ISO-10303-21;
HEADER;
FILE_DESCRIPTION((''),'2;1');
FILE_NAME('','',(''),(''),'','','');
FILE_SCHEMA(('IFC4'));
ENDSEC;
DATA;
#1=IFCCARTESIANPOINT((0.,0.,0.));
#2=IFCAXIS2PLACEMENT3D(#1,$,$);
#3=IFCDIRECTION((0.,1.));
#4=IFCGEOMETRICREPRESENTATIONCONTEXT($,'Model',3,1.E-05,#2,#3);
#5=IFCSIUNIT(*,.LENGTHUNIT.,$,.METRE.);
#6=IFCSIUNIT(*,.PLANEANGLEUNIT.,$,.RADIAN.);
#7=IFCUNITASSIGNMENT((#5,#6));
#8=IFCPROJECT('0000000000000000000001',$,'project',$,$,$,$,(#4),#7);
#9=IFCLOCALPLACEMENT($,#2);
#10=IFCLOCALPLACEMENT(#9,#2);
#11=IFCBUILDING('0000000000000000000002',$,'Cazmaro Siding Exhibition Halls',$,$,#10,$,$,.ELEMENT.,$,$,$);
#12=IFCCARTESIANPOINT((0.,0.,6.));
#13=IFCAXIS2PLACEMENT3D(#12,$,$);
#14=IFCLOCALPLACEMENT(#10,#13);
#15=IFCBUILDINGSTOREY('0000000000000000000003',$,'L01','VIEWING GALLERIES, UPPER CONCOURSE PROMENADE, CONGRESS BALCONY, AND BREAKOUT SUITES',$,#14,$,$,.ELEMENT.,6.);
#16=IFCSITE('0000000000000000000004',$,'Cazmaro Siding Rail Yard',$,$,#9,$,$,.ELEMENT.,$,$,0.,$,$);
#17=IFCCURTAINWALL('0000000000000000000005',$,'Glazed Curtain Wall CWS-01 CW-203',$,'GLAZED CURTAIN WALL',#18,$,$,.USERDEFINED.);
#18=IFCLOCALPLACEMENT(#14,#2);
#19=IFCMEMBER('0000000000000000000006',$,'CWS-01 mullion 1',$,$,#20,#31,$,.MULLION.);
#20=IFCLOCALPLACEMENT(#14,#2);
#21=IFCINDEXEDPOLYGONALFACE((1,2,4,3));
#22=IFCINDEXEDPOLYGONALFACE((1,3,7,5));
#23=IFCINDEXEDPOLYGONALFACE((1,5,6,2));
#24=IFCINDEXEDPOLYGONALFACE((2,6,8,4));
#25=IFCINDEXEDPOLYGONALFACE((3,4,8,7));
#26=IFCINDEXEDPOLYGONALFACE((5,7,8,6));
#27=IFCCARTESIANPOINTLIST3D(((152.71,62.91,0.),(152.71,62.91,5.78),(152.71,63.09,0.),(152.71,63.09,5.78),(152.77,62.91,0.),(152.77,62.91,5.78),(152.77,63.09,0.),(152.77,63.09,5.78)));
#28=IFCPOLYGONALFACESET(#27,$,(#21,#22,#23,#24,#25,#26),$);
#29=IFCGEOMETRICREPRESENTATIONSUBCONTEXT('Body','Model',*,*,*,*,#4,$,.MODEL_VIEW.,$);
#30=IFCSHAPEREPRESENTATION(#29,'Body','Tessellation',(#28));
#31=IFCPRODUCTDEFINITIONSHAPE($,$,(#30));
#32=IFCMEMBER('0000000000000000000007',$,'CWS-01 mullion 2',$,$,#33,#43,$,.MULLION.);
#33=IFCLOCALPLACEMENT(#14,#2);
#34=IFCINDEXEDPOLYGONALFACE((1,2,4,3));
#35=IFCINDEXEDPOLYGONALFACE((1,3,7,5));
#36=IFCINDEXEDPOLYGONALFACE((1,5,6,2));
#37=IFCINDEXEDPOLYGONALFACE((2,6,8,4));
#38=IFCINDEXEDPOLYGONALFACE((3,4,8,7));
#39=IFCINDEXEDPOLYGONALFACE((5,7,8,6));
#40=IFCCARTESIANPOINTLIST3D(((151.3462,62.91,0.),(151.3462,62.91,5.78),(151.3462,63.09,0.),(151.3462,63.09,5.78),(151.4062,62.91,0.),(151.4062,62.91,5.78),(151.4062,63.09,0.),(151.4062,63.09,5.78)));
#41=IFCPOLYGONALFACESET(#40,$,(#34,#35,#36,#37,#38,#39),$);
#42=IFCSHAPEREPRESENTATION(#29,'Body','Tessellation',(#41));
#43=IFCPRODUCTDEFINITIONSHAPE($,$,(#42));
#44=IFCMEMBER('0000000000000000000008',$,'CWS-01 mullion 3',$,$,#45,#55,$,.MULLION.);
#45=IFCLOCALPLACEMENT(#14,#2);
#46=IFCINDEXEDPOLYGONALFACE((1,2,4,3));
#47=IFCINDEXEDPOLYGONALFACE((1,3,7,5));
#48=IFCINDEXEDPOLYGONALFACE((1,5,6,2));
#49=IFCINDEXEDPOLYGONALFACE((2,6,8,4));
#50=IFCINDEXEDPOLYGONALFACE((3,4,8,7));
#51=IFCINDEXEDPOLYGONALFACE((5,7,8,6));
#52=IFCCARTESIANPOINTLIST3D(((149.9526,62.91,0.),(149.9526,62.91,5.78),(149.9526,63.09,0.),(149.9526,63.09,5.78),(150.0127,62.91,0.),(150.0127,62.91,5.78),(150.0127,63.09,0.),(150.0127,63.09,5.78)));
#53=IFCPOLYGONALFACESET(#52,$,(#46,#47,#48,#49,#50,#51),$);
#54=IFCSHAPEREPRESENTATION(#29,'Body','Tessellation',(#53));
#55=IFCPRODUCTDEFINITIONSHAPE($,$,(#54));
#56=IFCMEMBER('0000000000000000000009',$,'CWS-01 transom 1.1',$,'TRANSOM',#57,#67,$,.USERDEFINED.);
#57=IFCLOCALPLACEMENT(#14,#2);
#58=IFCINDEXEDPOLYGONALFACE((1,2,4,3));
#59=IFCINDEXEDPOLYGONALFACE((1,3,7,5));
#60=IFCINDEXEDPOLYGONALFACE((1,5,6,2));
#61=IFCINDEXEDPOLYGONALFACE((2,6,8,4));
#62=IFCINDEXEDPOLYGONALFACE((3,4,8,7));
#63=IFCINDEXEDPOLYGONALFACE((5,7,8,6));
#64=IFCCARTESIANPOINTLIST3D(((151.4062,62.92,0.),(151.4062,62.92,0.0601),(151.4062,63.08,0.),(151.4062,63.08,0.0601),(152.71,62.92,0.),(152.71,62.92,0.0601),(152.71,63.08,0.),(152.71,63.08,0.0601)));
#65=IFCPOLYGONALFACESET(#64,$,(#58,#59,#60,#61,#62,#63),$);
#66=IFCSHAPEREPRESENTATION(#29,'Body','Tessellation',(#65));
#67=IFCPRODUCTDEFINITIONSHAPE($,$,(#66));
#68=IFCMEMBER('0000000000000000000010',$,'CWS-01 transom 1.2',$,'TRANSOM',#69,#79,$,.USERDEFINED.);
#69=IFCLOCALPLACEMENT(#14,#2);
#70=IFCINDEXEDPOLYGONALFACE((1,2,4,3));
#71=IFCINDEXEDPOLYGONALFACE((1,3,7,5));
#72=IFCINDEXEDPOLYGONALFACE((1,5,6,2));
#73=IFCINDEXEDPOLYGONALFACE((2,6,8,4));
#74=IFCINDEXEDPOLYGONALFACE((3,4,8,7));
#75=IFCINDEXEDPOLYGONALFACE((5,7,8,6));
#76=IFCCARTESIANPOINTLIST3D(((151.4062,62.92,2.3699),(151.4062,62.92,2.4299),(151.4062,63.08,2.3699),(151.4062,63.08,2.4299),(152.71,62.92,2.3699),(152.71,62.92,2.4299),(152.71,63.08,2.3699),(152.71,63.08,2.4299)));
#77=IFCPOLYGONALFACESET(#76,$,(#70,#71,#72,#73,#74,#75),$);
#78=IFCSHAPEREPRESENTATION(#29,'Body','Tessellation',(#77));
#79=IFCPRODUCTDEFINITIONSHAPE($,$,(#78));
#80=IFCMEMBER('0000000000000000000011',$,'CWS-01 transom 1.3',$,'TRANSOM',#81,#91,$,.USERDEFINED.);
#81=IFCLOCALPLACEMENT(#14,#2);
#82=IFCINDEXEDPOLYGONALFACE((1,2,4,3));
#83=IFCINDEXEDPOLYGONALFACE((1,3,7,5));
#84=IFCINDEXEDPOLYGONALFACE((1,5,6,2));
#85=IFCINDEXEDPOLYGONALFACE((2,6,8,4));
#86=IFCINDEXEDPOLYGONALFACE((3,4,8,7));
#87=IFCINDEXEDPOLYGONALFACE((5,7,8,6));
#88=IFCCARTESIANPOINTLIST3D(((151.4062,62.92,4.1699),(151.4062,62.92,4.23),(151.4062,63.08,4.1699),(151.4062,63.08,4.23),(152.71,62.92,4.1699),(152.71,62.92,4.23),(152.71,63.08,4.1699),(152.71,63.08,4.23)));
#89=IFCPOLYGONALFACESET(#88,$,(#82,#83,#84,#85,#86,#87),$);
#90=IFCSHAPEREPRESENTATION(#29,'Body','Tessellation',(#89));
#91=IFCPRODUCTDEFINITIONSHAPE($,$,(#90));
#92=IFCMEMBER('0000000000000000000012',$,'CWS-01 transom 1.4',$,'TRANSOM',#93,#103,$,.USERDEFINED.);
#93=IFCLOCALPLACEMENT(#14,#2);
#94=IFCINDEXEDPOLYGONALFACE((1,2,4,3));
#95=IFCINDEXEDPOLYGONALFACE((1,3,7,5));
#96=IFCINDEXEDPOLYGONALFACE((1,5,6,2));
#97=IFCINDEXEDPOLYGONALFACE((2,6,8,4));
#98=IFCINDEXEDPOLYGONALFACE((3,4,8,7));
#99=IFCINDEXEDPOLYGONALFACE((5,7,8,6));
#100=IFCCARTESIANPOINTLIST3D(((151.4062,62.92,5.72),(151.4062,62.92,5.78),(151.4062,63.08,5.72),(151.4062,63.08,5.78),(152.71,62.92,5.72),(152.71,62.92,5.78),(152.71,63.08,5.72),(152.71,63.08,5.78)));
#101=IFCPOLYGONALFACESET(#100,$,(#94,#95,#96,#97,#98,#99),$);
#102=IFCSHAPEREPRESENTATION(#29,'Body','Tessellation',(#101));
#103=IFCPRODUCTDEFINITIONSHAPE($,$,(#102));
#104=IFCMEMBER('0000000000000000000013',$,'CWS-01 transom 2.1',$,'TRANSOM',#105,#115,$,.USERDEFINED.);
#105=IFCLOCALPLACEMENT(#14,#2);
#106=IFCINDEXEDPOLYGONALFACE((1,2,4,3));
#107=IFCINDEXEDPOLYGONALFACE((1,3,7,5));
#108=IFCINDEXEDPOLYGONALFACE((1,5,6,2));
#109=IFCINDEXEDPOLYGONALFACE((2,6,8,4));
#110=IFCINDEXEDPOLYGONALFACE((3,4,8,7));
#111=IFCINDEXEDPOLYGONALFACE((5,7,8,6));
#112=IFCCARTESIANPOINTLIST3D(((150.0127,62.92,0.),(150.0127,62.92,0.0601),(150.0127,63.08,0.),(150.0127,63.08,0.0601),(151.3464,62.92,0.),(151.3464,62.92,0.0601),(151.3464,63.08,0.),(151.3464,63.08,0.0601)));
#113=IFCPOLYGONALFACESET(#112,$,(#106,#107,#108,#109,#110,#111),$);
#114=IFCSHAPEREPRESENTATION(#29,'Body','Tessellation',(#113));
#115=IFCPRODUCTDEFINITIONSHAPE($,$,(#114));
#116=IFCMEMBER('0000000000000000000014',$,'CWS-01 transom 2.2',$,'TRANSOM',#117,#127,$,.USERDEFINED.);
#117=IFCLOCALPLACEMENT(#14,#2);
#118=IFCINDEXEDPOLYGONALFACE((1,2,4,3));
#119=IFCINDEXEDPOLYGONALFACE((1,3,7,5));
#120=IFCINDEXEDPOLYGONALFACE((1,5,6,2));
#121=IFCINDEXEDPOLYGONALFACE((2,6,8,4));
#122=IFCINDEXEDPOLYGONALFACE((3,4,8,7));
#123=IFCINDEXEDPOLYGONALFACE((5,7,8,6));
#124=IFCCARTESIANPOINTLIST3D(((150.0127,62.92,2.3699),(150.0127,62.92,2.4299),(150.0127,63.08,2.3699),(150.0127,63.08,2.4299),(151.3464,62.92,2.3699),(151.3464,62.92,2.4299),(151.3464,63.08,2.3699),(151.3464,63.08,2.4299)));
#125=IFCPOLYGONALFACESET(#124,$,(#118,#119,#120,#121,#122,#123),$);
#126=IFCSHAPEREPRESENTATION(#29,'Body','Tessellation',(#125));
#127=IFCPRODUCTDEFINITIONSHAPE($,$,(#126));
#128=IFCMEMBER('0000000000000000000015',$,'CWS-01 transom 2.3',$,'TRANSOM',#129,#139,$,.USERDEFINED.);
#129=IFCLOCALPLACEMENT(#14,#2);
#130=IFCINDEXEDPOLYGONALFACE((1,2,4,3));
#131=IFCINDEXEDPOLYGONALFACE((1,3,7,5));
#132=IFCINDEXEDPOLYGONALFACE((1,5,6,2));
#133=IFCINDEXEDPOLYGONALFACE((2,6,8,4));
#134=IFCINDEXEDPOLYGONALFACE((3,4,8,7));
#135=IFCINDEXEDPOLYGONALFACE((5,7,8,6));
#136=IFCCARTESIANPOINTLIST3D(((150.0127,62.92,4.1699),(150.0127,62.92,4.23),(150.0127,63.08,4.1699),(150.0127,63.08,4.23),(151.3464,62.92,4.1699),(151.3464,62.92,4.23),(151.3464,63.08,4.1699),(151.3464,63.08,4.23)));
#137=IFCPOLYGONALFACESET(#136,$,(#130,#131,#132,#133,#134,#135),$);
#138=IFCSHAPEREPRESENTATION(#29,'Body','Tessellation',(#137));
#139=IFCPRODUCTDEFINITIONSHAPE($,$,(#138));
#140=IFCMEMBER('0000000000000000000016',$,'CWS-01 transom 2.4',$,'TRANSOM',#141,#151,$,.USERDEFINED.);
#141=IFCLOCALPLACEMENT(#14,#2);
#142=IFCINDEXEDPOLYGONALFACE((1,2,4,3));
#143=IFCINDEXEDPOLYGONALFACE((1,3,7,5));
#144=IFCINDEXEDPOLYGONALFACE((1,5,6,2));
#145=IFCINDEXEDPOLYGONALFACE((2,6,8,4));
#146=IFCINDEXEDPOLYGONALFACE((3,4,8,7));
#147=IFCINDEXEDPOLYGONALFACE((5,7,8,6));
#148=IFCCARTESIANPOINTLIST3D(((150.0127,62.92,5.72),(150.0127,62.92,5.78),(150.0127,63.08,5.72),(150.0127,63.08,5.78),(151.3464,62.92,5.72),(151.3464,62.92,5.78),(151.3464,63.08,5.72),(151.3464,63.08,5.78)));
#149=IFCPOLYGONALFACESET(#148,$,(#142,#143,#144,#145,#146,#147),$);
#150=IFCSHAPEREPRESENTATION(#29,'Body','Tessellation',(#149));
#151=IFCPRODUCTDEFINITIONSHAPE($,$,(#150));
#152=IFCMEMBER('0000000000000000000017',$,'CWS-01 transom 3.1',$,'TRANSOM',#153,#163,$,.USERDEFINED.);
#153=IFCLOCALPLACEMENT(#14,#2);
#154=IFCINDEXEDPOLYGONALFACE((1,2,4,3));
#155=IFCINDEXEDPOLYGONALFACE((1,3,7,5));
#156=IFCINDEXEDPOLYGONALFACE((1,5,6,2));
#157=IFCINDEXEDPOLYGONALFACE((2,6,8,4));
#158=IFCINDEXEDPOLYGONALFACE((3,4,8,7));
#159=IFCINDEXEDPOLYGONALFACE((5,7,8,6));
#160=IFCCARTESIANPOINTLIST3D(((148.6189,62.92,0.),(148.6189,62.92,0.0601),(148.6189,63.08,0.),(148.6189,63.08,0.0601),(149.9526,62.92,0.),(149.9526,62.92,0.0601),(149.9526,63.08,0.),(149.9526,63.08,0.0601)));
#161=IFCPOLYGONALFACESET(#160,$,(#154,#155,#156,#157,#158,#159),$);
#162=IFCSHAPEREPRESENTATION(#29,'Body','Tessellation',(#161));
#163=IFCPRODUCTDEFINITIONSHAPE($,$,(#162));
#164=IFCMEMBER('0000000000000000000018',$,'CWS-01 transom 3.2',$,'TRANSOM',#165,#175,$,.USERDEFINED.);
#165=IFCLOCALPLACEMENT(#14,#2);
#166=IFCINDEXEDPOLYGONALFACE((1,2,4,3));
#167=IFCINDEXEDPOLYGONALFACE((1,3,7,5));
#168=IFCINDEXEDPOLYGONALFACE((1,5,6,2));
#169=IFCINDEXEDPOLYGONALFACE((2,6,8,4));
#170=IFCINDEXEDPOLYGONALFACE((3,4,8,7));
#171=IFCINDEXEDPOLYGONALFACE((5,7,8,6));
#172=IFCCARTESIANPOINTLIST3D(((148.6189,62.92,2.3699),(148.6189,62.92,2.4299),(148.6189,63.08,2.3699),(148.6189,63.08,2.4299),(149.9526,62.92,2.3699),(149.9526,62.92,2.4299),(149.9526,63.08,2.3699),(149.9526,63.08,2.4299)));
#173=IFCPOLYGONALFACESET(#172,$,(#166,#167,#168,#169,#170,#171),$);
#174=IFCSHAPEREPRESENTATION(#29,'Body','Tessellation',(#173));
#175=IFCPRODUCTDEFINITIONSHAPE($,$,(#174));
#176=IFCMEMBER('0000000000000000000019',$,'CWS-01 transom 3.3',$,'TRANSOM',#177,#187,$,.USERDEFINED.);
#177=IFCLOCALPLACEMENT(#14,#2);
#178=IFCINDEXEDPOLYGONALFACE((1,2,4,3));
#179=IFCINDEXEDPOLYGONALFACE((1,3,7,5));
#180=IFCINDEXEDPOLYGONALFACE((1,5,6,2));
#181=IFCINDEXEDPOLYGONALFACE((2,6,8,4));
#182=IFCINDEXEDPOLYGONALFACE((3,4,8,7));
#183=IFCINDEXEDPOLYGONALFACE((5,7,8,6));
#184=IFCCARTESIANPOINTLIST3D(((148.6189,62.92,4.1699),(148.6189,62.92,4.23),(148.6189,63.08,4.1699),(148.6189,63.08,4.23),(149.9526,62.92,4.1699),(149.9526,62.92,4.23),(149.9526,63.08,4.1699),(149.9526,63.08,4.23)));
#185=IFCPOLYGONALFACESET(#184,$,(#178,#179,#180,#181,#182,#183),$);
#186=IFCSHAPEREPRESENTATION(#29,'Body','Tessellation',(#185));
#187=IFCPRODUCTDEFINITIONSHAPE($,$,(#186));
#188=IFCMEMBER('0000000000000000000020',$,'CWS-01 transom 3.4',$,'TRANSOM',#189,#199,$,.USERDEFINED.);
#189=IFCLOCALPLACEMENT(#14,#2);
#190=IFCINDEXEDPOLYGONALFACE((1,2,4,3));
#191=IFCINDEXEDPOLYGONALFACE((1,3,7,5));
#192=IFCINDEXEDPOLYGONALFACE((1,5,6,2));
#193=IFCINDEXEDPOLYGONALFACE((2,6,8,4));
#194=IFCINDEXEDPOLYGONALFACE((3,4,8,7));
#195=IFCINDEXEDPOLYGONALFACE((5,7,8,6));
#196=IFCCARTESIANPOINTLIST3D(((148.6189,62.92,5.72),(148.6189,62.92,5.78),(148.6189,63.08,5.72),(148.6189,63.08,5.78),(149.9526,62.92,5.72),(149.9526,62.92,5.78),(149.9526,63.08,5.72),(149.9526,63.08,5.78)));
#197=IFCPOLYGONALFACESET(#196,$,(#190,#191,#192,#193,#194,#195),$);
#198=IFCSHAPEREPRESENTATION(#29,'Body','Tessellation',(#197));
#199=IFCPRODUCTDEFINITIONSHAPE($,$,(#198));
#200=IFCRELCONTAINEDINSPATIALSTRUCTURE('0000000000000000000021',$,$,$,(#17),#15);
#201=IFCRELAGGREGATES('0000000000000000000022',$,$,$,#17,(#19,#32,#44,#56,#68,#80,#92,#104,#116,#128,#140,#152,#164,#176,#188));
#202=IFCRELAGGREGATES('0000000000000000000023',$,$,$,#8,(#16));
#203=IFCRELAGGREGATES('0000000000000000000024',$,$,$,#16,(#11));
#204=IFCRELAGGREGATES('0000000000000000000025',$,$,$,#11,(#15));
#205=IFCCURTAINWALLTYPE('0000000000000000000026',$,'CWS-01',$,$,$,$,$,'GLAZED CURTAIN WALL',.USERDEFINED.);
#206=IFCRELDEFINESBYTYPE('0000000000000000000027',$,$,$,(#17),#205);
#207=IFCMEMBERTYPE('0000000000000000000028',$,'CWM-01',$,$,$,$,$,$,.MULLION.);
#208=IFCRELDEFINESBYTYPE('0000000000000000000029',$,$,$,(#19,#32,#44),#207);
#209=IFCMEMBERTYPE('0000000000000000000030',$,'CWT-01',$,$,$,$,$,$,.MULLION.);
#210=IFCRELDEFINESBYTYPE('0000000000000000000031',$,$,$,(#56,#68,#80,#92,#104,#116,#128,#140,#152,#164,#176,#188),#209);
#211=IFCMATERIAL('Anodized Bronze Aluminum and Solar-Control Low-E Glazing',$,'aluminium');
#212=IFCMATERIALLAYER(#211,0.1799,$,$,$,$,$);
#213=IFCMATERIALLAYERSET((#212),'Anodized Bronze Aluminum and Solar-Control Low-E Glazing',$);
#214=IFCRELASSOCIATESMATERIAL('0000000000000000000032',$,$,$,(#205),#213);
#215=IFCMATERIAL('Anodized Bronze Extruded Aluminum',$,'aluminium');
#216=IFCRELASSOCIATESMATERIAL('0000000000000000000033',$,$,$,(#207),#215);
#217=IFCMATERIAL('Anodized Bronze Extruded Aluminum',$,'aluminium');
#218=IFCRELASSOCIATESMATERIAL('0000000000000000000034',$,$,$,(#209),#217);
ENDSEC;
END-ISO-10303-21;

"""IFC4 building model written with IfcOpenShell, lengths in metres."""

from ifc_helpers import new_model, si_unit, direction, frame, origin, origin_2d, place, context, subcontext, project, spatial, rectangle, extrude, material, layer, layer_set, material_profile, profile_set, type_object, element, aggregate, save


model = new_model("IFC4")

# Units and contexts
model_context = context("Model", 3, precision=1e-05, world=origin(), true_north=direction((0.0, 1.0)))
body_context = subcontext(model_context, "Body", "Model", "MODEL_VIEW")
ifc_project = project(units=[si_unit("LENGTHUNIT", "METRE"), si_unit("PLANEANGLEUNIT", "RADIAN")], contexts=[model_context])

# Site, building, storey
site_placement = place(None, origin())
site = spatial("IfcSite", under=ifc_project, at=site_placement, Name="Cazmaro Siding Rail Yard", CompositionType="ELEMENT", RefElevation=0.0)
building_placement = place(site_placement, origin())
building = spatial("IfcBuilding", under=site, at=building_placement, Name="Cazmaro Siding Exhibition Halls", CompositionType="ELEMENT")
storey_placement = place(building_placement, frame((0.0, 0.0, 6.0)))
storey = spatial("IfcBuildingStorey", under=building, at=storey_placement, Name="L01", Description="VIEWING GALLERIES, UPPER CONCOURSE PROMENADE, CONGRESS BALCONY, AND BREAKOUT SUITES", CompositionType="ELEMENT", Elevation=6.0)

# Curtain wall, members
ifc_material_1 = material(Name="Anodized Bronze Aluminum and Solar-Control Low-E Glazing", Category="aluminium")
ifc_layer_1 = layer(ifc_material_1, 0.1799)
ifc_layer_set_1 = layer_set([ifc_layer_1], Name="Anodized Bronze Aluminum and Solar-Control Low-E Glazing")
curtain_wall_type = type_object("IfcCurtainWallType", Name="CWS-01", ElementType="GLAZED CURTAIN WALL", PredefinedType="USERDEFINED", material=ifc_layer_set_1)
curtain_wall_placement = place(storey_placement, origin())
curtain_wall = element("IfcCurtainWall", 1, at=curtain_wall_placement, inside=storey, type_object=curtain_wall_type, Name="Glazed Curtain Wall CWS-01 CW-203", ObjectType="GLAZED CURTAIN WALL", PredefinedType="USERDEFINED")
ifc_material_2 = material(Name="Anodized Bronze Extruded Aluminum", Category="aluminium")
ifc_material_profile_1 = material_profile(ifc_material_2, rectangle(XDim=0.1799, YDim=0.0601, at=origin_2d()), Name="CWM-01")
ifc_profile_set_1 = profile_set([ifc_material_profile_1], Name="Anodized Bronze Extruded Aluminum")
member_type_1 = type_object("IfcMemberType", Name="CWM-01", PredefinedType="MULLION", material=ifc_profile_set_1)
member_1_placement = place(storey_placement, frame((152.74, 63.0, 0.0), z_axis=(0.0, 0.0, 1.0), x_axis=(0.0, -1.0, 0.0)))
member_1 = element("IfcMember", 2, at=member_1_placement, type_object=member_type_1, Name="CWS-01 mullion 1", PredefinedType="MULLION", context=body_context, shape_type="SweptSolid", body=[
    extrude(rectangle(XDim=0.1799, YDim=0.0601, at=origin_2d()), origin(), (0.0, 0.0, 1.0), 5.78),
])
member_2_placement = place(storey_placement, frame((151.3762, 63.0, 0.0), z_axis=(0.0, 0.0, 1.0), x_axis=(0.0, -1.0, 0.0)))
member_2 = element("IfcMember", 3, at=member_2_placement, type_object=member_type_1, Name="CWS-01 mullion 2", PredefinedType="MULLION", context=body_context, shape_type="SweptSolid", body=[
    extrude(rectangle(XDim=0.1799, YDim=0.0601, at=origin_2d()), origin(), (0.0, 0.0, 1.0), 5.78),
])
member_3_placement = place(storey_placement, frame((149.9827, 63.0, 0.0), z_axis=(0.0, 0.0, 1.0), x_axis=(0.0, -1.0, 0.0)))
member_3 = element("IfcMember", 4, at=member_3_placement, type_object=member_type_1, Name="CWS-01 mullion 3", PredefinedType="MULLION", context=body_context, shape_type="SweptSolid", body=[
    extrude(rectangle(XDim=0.1799, YDim=0.0601, at=origin_2d()), origin(), (0.0, 0.0, 1.0), 5.78),
])
ifc_material_3 = material(Name="Anodized Bronze Extruded Aluminum", Category="aluminium")
ifc_material_profile_2 = material_profile(ifc_material_3, rectangle(XDim=0.1599, YDim=0.0601, at=origin_2d()), Name="CWT-01")
ifc_profile_set_2 = profile_set([ifc_material_profile_2], Name="Anodized Bronze Extruded Aluminum")
member_type_2 = type_object("IfcMemberType", Name="CWT-01", PredefinedType="MULLION", material=ifc_profile_set_2)
member_4_placement = place(storey_placement, frame((152.71, 63.0, 0.03), z_axis=(-1.0, 0.0, 0.0), x_axis=(0.0, -1.0, 0.0)))
member_4 = element("IfcMember", 5, at=member_4_placement, type_object=member_type_2, Name="CWS-01 transom 1.1", ObjectType="TRANSOM", PredefinedType="USERDEFINED", context=body_context, shape_type="SweptSolid", body=[
    extrude(rectangle(XDim=0.1599, YDim=0.0601, at=origin_2d()), origin(), (0.0, 0.0, 1.0), 1.3037),
])
member_5_placement = place(storey_placement, frame((152.71, 63.0, 2.3999), z_axis=(-1.0, 0.0, 0.0), x_axis=(0.0, -1.0, 0.0)))
member_5 = element("IfcMember", 6, at=member_5_placement, type_object=member_type_2, Name="CWS-01 transom 1.2", ObjectType="TRANSOM", PredefinedType="USERDEFINED", context=body_context, shape_type="SweptSolid", body=[
    extrude(rectangle(XDim=0.1599, YDim=0.0601, at=origin_2d()), origin(), (0.0, 0.0, 1.0), 1.3037),
])
member_6_placement = place(storey_placement, frame((152.71, 63.0, 4.2), z_axis=(-1.0, 0.0, 0.0), x_axis=(0.0, -1.0, 0.0)))
member_6 = element("IfcMember", 7, at=member_6_placement, type_object=member_type_2, Name="CWS-01 transom 1.3", ObjectType="TRANSOM", PredefinedType="USERDEFINED", context=body_context, shape_type="SweptSolid", body=[
    extrude(rectangle(XDim=0.1599, YDim=0.0601, at=origin_2d()), origin(), (0.0, 0.0, 1.0), 1.3037),
])
member_7_placement = place(storey_placement, frame((152.71, 63.0, 5.75), z_axis=(-1.0, 0.0, 0.0), x_axis=(0.0, -1.0, 0.0)))
member_7 = element("IfcMember", 8, at=member_7_placement, type_object=member_type_2, Name="CWS-01 transom 1.4", ObjectType="TRANSOM", PredefinedType="USERDEFINED", context=body_context, shape_type="SweptSolid", body=[
    extrude(rectangle(XDim=0.1599, YDim=0.0601, at=origin_2d()), origin(), (0.0, 0.0, 1.0), 1.3037),
])
member_8_placement = place(storey_placement, frame((151.3464, 63.0, 0.03), z_axis=(-1.0, 0.0, 0.0), x_axis=(0.0, -1.0, 0.0)))
member_8 = element("IfcMember", 9, at=member_8_placement, type_object=member_type_2, Name="CWS-01 transom 2.1", ObjectType="TRANSOM", PredefinedType="USERDEFINED", context=body_context, shape_type="SweptSolid", body=[
    extrude(rectangle(XDim=0.1599, YDim=0.0601, at=origin_2d()), origin(), (0.0, 0.0, 1.0), 1.3337),
])
member_9_placement = place(storey_placement, frame((151.3464, 63.0, 2.3999), z_axis=(-1.0, 0.0, 0.0), x_axis=(0.0, -1.0, 0.0)))
member_9 = element("IfcMember", 10, at=member_9_placement, type_object=member_type_2, Name="CWS-01 transom 2.2", ObjectType="TRANSOM", PredefinedType="USERDEFINED", context=body_context, shape_type="SweptSolid", body=[
    extrude(rectangle(XDim=0.1599, YDim=0.0601, at=origin_2d()), origin(), (0.0, 0.0, 1.0), 1.3337),
])
member_10_placement = place(storey_placement, frame((151.3464, 63.0, 4.2), z_axis=(-1.0, 0.0, 0.0), x_axis=(0.0, -1.0, 0.0)))
member_10 = element("IfcMember", 11, at=member_10_placement, type_object=member_type_2, Name="CWS-01 transom 2.3", ObjectType="TRANSOM", PredefinedType="USERDEFINED", context=body_context, shape_type="SweptSolid", body=[
    extrude(rectangle(XDim=0.1599, YDim=0.0601, at=origin_2d()), origin(), (0.0, 0.0, 1.0), 1.3337),
])
member_11_placement = place(storey_placement, frame((151.3464, 63.0, 5.75), z_axis=(-1.0, 0.0, 0.0), x_axis=(0.0, -1.0, 0.0)))
member_11 = element("IfcMember", 12, at=member_11_placement, type_object=member_type_2, Name="CWS-01 transom 2.4", ObjectType="TRANSOM", PredefinedType="USERDEFINED", context=body_context, shape_type="SweptSolid", body=[
    extrude(rectangle(XDim=0.1599, YDim=0.0601, at=origin_2d()), origin(), (0.0, 0.0, 1.0), 1.3337),
])
member_12_placement = place(storey_placement, frame((149.9526, 63.0, 0.03), z_axis=(-1.0, 0.0, 0.0), x_axis=(0.0, -1.0, 0.0)))
member_12 = element("IfcMember", 13, at=member_12_placement, type_object=member_type_2, Name="CWS-01 transom 3.1", ObjectType="TRANSOM", PredefinedType="USERDEFINED", context=body_context, shape_type="SweptSolid", body=[
    extrude(rectangle(XDim=0.1599, YDim=0.0601, at=origin_2d()), origin(), (0.0, 0.0, 1.0), 1.3337),
])
member_13_placement = place(storey_placement, frame((149.9526, 63.0, 2.3999), z_axis=(-1.0, 0.0, 0.0), x_axis=(0.0, -1.0, 0.0)))
member_13 = element("IfcMember", 14, at=member_13_placement, type_object=member_type_2, Name="CWS-01 transom 3.2", ObjectType="TRANSOM", PredefinedType="USERDEFINED", context=body_context, shape_type="SweptSolid", body=[
    extrude(rectangle(XDim=0.1599, YDim=0.0601, at=origin_2d()), origin(), (0.0, 0.0, 1.0), 1.3337),
])
member_14_placement = place(storey_placement, frame((149.9526, 63.0, 4.2), z_axis=(-1.0, 0.0, 0.0), x_axis=(0.0, -1.0, 0.0)))
member_14 = element("IfcMember", 15, at=member_14_placement, type_object=member_type_2, Name="CWS-01 transom 3.3", ObjectType="TRANSOM", PredefinedType="USERDEFINED", context=body_context, shape_type="SweptSolid", body=[
    extrude(rectangle(XDim=0.1599, YDim=0.0601, at=origin_2d()), origin(), (0.0, 0.0, 1.0), 1.3337),
])
member_15_placement = place(storey_placement, frame((149.9526, 63.0, 5.75), z_axis=(-1.0, 0.0, 0.0), x_axis=(0.0, -1.0, 0.0)))
member_15 = element("IfcMember", 16, at=member_15_placement, type_object=member_type_2, Name="CWS-01 transom 3.4", ObjectType="TRANSOM", PredefinedType="USERDEFINED", context=body_context, shape_type="SweptSolid", body=[
    extrude(rectangle(XDim=0.1599, YDim=0.0601, at=origin_2d()), origin(), (0.0, 0.0, 1.0), 1.3337),
])
aggregate(curtain_wall, [member_1, member_2, member_3, member_4, member_5, member_6, member_7, member_8, member_9, member_10, member_11, member_12, member_13, member_14, member_15])

save(model, "model.ifc")
